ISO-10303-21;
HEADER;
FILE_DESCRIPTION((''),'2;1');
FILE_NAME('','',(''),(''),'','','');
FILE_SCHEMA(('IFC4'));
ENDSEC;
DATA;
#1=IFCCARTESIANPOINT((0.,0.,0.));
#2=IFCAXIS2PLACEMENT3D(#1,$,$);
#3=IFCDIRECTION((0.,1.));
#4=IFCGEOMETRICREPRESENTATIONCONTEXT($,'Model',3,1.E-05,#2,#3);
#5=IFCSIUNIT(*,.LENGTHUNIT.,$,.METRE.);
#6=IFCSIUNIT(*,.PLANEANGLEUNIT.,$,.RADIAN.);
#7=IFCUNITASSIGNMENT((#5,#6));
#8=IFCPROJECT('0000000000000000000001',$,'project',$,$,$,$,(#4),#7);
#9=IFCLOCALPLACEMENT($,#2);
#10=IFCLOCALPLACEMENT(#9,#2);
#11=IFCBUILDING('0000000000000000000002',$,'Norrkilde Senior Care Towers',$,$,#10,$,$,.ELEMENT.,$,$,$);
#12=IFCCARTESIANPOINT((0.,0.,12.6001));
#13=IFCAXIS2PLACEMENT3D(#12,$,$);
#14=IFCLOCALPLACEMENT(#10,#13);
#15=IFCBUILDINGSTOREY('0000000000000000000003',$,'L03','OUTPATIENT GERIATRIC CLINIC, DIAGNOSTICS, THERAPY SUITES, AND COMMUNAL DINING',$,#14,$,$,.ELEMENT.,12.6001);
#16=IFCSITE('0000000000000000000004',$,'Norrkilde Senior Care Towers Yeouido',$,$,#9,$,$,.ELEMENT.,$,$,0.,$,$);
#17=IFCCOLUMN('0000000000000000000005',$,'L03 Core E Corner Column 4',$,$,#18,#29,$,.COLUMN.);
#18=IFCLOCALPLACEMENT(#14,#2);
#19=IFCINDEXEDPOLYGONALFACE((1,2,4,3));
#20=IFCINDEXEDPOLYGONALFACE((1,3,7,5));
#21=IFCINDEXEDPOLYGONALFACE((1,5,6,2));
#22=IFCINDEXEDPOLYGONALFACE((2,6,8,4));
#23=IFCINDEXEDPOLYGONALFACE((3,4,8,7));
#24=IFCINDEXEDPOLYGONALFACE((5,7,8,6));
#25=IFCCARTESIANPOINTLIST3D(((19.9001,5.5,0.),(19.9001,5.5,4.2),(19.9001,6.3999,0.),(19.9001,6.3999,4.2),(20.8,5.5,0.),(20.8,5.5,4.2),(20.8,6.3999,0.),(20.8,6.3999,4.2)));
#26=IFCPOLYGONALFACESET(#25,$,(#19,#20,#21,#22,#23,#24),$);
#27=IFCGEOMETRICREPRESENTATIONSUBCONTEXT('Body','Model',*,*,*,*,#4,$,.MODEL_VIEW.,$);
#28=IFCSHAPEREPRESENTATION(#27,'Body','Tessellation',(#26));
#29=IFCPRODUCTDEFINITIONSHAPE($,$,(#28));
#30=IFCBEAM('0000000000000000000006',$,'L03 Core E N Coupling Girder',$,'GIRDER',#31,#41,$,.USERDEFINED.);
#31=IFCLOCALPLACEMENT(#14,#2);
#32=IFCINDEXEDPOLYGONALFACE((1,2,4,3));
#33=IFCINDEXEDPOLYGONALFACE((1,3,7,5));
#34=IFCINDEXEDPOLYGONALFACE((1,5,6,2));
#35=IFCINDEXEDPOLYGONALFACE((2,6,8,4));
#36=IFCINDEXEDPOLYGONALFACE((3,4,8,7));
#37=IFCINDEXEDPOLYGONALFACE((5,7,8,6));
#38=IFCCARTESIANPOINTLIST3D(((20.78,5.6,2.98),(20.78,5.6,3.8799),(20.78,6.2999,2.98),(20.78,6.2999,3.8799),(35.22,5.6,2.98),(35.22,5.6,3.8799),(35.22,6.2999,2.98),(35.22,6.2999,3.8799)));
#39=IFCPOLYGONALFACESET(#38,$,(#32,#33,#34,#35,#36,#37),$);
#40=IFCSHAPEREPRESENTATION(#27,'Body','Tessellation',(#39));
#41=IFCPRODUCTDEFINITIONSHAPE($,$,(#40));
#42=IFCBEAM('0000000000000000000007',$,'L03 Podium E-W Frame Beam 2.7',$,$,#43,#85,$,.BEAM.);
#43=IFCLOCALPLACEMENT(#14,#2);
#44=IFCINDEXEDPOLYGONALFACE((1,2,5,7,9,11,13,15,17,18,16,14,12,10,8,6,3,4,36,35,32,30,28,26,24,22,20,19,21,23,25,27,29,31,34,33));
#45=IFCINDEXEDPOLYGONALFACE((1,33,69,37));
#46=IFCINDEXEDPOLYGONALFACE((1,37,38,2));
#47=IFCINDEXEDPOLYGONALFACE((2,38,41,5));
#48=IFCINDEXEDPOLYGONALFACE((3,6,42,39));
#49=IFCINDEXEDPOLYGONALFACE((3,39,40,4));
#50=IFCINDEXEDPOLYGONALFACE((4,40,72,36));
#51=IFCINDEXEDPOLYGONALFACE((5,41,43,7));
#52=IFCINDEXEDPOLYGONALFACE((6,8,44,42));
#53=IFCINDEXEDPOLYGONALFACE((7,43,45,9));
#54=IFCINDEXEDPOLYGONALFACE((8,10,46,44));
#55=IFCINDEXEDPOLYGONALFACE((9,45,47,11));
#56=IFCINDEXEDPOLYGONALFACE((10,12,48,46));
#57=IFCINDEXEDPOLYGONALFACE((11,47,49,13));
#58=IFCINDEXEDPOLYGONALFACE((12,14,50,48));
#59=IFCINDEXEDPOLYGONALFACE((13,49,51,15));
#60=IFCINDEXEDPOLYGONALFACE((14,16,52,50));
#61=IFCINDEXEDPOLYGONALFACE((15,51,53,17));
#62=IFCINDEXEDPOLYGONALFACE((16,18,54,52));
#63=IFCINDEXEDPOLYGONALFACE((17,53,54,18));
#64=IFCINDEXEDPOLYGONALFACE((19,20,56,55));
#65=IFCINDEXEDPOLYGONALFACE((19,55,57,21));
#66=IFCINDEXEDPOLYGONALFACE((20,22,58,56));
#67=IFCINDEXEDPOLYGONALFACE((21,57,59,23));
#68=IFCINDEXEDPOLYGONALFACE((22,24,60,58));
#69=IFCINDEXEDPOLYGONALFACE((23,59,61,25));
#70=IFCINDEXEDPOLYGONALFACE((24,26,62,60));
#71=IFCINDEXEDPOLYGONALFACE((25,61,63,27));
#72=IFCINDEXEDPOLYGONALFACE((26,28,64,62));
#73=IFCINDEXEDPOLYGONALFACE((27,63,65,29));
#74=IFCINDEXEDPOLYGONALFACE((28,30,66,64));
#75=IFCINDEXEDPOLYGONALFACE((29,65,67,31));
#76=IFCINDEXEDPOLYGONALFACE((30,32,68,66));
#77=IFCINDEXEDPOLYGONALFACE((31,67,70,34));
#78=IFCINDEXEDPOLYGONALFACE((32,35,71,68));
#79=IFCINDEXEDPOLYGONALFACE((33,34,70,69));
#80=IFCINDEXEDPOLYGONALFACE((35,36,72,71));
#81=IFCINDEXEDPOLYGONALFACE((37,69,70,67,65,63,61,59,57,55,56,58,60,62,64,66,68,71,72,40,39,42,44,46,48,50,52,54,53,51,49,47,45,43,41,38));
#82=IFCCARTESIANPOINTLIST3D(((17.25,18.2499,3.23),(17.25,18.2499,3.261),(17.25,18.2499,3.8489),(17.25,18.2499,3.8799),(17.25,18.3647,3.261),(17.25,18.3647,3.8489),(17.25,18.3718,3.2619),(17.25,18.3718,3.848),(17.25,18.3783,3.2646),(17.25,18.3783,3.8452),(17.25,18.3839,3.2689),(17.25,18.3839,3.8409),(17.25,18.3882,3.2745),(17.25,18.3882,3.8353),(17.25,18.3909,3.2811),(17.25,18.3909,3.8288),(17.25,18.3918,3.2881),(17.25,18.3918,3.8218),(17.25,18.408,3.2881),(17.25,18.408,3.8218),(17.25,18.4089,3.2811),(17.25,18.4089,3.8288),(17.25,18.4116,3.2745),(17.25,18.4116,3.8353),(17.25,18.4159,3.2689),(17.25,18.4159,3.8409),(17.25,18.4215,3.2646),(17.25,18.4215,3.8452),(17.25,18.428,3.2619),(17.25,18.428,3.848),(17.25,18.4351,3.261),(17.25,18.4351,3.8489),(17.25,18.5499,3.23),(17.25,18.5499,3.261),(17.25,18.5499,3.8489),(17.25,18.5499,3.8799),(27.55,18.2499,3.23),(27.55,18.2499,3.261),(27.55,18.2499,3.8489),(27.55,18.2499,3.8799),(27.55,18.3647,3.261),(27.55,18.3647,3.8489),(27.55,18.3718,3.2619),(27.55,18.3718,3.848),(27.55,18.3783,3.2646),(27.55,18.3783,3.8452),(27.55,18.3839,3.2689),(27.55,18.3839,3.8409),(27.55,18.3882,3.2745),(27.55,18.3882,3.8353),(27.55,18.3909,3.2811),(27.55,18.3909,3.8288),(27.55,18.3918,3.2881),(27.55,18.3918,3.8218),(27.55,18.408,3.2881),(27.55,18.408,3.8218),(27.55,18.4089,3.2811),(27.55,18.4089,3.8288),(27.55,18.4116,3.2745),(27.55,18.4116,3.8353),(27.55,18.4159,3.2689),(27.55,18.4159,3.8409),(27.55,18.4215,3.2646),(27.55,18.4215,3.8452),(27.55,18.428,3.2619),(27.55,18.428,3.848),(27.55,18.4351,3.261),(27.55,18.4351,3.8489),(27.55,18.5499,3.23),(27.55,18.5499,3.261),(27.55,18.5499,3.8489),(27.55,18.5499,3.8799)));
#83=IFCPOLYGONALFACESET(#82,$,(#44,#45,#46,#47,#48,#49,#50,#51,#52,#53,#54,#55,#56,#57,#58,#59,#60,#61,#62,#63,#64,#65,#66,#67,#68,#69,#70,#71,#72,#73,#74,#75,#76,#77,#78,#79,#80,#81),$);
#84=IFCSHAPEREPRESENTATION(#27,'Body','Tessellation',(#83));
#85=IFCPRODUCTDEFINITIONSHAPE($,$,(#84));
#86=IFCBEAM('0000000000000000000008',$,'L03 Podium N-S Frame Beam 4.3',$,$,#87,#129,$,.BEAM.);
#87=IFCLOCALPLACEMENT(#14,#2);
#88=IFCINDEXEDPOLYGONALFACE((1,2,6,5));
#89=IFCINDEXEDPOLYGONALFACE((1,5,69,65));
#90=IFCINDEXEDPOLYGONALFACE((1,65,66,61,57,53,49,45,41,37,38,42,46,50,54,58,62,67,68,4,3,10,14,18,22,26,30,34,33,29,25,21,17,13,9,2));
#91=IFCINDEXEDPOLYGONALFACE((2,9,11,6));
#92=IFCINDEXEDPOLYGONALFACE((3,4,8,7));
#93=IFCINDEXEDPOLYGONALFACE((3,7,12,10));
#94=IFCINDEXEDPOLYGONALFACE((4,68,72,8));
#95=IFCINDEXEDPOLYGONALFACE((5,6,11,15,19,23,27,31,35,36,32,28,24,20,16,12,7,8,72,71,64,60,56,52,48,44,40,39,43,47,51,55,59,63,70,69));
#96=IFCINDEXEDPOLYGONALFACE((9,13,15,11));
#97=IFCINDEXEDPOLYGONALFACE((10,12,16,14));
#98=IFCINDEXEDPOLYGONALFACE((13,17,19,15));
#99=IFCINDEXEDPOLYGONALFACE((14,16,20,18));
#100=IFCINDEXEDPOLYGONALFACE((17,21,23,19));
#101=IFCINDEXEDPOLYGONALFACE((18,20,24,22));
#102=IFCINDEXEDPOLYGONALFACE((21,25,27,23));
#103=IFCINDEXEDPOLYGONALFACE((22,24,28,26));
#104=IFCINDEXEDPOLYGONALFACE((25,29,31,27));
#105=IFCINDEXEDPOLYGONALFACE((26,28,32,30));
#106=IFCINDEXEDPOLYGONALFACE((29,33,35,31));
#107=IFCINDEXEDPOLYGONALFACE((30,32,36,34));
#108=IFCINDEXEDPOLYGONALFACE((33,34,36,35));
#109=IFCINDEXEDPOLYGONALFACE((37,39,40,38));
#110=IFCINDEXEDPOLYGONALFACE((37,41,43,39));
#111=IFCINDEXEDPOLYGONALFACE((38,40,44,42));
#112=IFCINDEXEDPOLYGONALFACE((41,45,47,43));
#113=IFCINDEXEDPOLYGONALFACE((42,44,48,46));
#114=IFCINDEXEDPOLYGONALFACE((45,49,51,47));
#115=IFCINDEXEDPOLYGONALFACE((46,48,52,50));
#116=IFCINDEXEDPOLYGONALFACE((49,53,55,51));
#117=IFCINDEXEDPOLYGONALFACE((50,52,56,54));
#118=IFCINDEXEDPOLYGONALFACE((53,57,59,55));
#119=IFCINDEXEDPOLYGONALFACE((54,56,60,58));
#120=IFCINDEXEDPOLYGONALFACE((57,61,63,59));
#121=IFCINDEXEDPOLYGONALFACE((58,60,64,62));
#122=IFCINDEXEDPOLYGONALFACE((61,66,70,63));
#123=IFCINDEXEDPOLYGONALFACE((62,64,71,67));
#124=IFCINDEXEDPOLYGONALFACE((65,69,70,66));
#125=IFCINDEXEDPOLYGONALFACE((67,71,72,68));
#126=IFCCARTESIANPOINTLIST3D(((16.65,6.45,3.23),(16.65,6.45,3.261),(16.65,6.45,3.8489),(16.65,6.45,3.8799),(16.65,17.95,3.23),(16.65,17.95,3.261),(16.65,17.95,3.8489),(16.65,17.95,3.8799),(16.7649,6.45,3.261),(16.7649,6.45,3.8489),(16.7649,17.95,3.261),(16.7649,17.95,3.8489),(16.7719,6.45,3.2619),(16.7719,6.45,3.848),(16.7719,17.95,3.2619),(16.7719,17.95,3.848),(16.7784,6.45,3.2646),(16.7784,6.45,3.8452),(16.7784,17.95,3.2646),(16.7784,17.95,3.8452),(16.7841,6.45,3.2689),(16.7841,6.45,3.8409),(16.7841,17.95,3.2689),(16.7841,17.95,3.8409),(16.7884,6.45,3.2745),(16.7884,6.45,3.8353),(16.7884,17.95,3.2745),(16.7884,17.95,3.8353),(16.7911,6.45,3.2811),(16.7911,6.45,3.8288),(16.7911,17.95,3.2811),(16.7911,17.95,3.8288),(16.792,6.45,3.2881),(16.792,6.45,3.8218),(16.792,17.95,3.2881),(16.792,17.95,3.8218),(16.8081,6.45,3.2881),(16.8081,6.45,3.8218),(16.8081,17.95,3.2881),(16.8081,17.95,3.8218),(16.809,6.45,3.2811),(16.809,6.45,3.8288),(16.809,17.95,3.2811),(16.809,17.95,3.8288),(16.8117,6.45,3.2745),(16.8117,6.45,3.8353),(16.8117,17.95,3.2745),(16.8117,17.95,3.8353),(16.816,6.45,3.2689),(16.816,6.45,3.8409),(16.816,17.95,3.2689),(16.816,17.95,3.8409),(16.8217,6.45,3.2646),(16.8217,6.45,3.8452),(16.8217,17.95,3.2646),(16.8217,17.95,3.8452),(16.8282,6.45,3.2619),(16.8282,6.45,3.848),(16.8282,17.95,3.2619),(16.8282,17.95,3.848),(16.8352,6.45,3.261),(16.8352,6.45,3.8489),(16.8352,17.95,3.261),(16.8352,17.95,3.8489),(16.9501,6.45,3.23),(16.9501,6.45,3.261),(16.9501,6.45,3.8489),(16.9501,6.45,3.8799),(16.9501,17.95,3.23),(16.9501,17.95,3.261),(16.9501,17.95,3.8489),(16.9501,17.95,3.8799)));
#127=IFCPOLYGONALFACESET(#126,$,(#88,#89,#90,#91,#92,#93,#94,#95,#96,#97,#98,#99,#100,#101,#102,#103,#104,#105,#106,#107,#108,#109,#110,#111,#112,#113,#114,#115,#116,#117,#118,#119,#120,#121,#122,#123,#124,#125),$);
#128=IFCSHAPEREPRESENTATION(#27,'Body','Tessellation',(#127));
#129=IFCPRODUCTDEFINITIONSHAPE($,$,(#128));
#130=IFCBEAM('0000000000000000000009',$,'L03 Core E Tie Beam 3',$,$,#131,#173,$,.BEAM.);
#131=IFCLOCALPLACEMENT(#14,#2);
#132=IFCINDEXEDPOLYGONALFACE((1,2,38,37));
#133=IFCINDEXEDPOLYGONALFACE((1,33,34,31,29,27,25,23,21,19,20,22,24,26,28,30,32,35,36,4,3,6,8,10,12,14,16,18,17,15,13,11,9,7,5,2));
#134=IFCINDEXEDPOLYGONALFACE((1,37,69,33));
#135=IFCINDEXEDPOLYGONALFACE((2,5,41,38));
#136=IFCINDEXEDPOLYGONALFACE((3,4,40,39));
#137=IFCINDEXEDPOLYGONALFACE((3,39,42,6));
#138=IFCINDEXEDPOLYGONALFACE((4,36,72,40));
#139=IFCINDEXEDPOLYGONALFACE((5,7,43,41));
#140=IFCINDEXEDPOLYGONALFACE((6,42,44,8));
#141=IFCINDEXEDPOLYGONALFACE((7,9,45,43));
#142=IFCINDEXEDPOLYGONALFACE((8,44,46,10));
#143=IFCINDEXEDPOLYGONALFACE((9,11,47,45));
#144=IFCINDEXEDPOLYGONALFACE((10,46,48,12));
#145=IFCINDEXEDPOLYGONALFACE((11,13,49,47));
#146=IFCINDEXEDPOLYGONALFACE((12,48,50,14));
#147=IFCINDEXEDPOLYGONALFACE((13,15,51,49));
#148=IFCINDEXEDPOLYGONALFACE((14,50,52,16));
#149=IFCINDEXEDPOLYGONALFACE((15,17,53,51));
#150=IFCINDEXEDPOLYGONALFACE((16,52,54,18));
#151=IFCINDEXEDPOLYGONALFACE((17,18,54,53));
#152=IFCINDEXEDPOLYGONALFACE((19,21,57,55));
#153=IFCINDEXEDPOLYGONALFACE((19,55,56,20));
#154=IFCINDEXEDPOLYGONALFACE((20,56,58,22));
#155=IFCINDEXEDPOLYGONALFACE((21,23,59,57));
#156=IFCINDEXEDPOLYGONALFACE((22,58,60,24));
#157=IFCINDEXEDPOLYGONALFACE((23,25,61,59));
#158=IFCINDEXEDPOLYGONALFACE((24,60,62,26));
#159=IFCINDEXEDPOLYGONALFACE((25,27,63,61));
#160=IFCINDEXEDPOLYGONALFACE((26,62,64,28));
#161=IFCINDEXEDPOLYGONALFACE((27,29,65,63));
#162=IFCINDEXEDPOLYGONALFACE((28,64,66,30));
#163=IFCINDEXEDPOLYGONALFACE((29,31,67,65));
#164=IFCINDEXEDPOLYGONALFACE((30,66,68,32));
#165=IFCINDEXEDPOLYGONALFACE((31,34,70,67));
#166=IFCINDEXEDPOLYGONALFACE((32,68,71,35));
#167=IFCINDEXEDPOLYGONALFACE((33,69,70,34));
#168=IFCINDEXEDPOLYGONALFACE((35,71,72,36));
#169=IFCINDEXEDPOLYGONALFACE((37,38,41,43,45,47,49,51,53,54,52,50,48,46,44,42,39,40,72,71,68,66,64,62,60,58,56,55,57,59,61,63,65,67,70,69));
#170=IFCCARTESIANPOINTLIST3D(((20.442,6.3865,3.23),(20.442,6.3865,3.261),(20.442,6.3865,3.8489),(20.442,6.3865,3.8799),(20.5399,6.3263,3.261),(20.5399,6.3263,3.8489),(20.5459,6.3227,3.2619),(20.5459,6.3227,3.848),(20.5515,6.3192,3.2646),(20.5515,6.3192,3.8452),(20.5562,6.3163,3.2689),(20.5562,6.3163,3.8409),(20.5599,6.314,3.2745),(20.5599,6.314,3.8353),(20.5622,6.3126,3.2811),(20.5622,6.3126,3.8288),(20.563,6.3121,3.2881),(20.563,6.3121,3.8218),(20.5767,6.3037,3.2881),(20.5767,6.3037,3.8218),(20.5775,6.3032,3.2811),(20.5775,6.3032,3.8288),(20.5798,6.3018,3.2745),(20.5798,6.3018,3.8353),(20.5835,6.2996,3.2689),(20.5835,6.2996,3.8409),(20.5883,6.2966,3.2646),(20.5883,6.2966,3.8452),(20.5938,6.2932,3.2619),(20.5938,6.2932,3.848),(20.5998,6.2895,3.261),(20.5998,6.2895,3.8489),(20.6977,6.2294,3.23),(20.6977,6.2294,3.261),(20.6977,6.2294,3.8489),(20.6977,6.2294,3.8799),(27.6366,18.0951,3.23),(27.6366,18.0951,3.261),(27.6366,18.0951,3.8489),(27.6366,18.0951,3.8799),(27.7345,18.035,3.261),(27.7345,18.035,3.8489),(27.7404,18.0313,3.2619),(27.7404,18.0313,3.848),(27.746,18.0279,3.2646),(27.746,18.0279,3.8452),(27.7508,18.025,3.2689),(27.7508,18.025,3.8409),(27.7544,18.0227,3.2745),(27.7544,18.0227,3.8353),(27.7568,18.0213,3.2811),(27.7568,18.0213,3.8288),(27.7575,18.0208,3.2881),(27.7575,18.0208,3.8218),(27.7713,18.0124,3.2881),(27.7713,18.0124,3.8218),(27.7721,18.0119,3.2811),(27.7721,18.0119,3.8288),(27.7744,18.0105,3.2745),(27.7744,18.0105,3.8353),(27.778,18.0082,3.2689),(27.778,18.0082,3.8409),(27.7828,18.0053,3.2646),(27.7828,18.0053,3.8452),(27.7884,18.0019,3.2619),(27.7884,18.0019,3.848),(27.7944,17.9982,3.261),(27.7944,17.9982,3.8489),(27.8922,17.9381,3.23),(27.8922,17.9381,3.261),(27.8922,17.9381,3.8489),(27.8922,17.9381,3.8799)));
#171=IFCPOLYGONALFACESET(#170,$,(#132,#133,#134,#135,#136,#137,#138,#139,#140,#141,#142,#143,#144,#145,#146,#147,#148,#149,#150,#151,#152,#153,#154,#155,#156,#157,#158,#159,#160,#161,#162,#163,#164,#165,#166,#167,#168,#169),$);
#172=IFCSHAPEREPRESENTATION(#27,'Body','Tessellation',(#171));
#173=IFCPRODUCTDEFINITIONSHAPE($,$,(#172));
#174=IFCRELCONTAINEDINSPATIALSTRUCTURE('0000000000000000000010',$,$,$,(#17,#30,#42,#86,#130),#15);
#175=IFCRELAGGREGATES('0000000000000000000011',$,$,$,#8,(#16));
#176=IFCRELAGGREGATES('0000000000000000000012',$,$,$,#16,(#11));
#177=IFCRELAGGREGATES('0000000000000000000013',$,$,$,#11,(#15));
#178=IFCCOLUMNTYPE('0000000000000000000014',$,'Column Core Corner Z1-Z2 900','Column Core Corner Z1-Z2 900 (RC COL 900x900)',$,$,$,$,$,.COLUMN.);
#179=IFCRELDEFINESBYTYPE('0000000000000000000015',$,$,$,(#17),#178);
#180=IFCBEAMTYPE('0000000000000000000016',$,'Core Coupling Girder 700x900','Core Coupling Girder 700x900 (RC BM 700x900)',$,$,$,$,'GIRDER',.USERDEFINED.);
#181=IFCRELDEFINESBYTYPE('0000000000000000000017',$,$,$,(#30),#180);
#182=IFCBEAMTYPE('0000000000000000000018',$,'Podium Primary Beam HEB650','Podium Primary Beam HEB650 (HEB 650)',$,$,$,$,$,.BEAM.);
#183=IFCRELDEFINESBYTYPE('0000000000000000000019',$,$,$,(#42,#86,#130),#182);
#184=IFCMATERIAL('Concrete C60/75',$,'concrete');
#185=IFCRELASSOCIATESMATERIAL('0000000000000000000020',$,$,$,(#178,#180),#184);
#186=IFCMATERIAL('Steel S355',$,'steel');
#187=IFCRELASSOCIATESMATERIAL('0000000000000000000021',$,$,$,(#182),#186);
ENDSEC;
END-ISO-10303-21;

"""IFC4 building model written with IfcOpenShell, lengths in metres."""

from ifc_helpers import new_model, si_unit, direction, frame, origin, origin_2d, place, context, subcontext, project, spatial, rectangle, i_section, extrude, source, transform, mapped, material, material_profile, profile_set, type_object, type_shapes, element, save


model = new_model("IFC4")

# Units and contexts
model_context = context("Model", 3, precision=1e-05, world=origin(), true_north=direction((0.0, 1.0)))
body_context = subcontext(model_context, "Body", "Model", "MODEL_VIEW")
ifc_project = project(units=[si_unit("LENGTHUNIT", "METRE"), si_unit("PLANEANGLEUNIT", "RADIAN")], contexts=[model_context])

# Site, building, storey
site_placement = place(None, origin())
site = spatial("IfcSite", under=ifc_project, at=site_placement, Name="Norrkilde Senior Care Towers Yeouido", CompositionType="ELEMENT", RefElevation=0.0)
building_placement = place(site_placement, origin())
building = spatial("IfcBuilding", under=site, at=building_placement, Name="Norrkilde Senior Care Towers", CompositionType="ELEMENT")
storey_placement = place(building_placement, frame((0.0, 0.0, 12.6001)))
storey = spatial("IfcBuildingStorey", under=building, at=storey_placement, Name="L03", Description="OUTPATIENT GERIATRIC CLINIC, DIAGNOSTICS, THERAPY SUITES, AND COMMUNAL DINING", CompositionType="ELEMENT", Elevation=12.6001)

# Column
ifc_material_1 = material(Name="Concrete C60/75", Category="concrete")
ifc_material_profile_1 = material_profile(ifc_material_1, rectangle(XDim=0.8999, YDim=0.8999, at=origin_2d()), Name="RC COL 900x900")
ifc_profile_set_1 = profile_set([ifc_material_profile_1], Name="Concrete C60/75")
column_type = type_object("IfcColumnType", Name="Column Core Corner Z1-Z2 900", Description="Column Core Corner Z1-Z2 900 (RC COL 900x900)", PredefinedType="COLUMN", material=ifc_profile_set_1)
shared_shape_1 = source(origin(), body_context, "Body", "SweptSolid", [
    extrude(rectangle(XDim=0.8999, YDim=0.8999, at=origin_2d()), origin(), (0.0, 0.0, 1.0), 4.2),
])
type_shapes(column_type, [shared_shape_1])
column_placement = place(storey_placement, frame((20.3501, 5.95, 0.0), z_axis=(0.0, 0.0, 1.0), x_axis=(1.0, 0.0, 0.0)))
element("IfcColumn", 1, at=column_placement, inside=storey, type_object=column_type, Name="L03 Core E Corner Column 4", PredefinedType="COLUMN", context=body_context, shape_type="MappedRepresentation", body=[
    mapped(shared_shape_1, transform((0.0, 0.0, 0.0), x_axis=(1.0, 0.0, 0.0), y_axis=(0.0, 1.0, 0.0), z_axis=(0.0, 0.0, 1.0), scale=1.0)),
])

# Beams
ifc_material_profile_2 = material_profile(ifc_material_1, rectangle(XDim=0.7, YDim=0.8999, at=origin_2d()), Name="RC BM 700x900")
ifc_profile_set_2 = profile_set([ifc_material_profile_2], Name="Concrete C60/75")
beam_type_1 = type_object("IfcBeamType", Name="Core Coupling Girder 700x900", Description="Core Coupling Girder 700x900 (RC BM 700x900)", ElementType="GIRDER", PredefinedType="USERDEFINED", material=ifc_profile_set_2)
shared_shape_2 = source(origin(), body_context, "Body", "SweptSolid", [
    extrude(rectangle(XDim=0.7, YDim=0.8999, at=origin_2d()), origin(), (0.0, 0.0, 1.0), 14.4399),
])
type_shapes(beam_type_1, [shared_shape_2])
beam_1_placement = place(storey_placement, frame((20.78, 5.95, 3.4299), z_axis=(1.0, 0.0, 0.0), x_axis=(0.0, 1.0, 0.0)))
element("IfcBeam", 2, at=beam_1_placement, inside=storey, type_object=beam_type_1, Name="L03 Core E N Coupling Girder", ObjectType="GIRDER", PredefinedType="USERDEFINED", context=body_context, shape_type="MappedRepresentation", body=[
    mapped(shared_shape_2, transform((0.0, 0.0, 0.0), x_axis=(1.0, 0.0, 0.0), y_axis=(0.0, 1.0, 0.0), z_axis=(0.0, 0.0, 1.0), scale=1.0)),
])
ifc_material_2 = material(Name="Steel S355", Category="steel")
ifc_material_profile_3 = material_profile(ifc_material_2, i_section(OverallWidth=0.3, OverallDepth=0.6499, WebThickness=0.0161, FlangeThickness=0.031, FilletRadius=0.0271, at=origin_2d()), Name="HEB 650")
ifc_profile_set_3 = profile_set([ifc_material_profile_3], Name="Steel S355")
beam_type_2 = type_object("IfcBeamType", Name="Podium Primary Beam HEB650", Description="Podium Primary Beam HEB650 (HEB 650)", PredefinedType="BEAM", material=ifc_profile_set_3)
shared_shape_3 = source(origin(), body_context, "Body", "SweptSolid", [
    extrude(i_section(OverallWidth=0.3, OverallDepth=0.6499, WebThickness=0.0161, FlangeThickness=0.031, FilletRadius=0.0271, at=origin_2d()), origin(), (0.0, 0.0, 1.0), 10.3),
])
beam_2_placement = place(storey_placement, frame((17.25, 18.3999, 3.5549), z_axis=(1.0, 0.0, 0.0), x_axis=(0.0, 1.0, 0.0)))
element("IfcBeam", 3, at=beam_2_placement, inside=storey, type_object=beam_type_2, Name="L03 Podium E-W Frame Beam 2.7", PredefinedType="BEAM", context=body_context, shape_type="MappedRepresentation", body=[
    mapped(shared_shape_3, transform((0.0, 0.0, 0.0), x_axis=(1.0, 0.0, 0.0), y_axis=(0.0, 1.0, 0.0), z_axis=(0.0, 0.0, 1.0), scale=1.0)),
])
shared_shape_4 = source(origin(), body_context, "Body", "SweptSolid", [
    extrude(i_section(OverallWidth=0.3, OverallDepth=0.6499, WebThickness=0.0161, FlangeThickness=0.031, FilletRadius=0.0271, at=origin_2d()), origin(), (0.0, 0.0, 1.0), 11.5),
])
beam_3_placement = place(storey_placement, frame((16.8, 6.45, 3.5549), z_axis=(0.0, 1.0, 0.0), x_axis=(-1.0, 0.0, 0.0)))
element("IfcBeam", 4, at=beam_3_placement, inside=storey, type_object=beam_type_2, Name="L03 Podium N-S Frame Beam 4.3", PredefinedType="BEAM", context=body_context, shape_type="MappedRepresentation", body=[
    mapped(shared_shape_4, transform((0.0, 0.0, 0.0), x_axis=(1.0, 0.0, 0.0), y_axis=(0.0, 1.0, 0.0), z_axis=(0.0, 0.0, 1.0), scale=1.0)),
])
shared_shape_5 = source(origin(), body_context, "Body", "SweptSolid", [
    extrude(i_section(OverallWidth=0.3, OverallDepth=0.6499, WebThickness=0.0161, FlangeThickness=0.031, FilletRadius=0.0271, at=origin_2d()), origin(), (0.0, 0.0, 1.0), 13.7424),
])
type_shapes(beam_type_2, [shared_shape_3, shared_shape_4, shared_shape_5])
beam_4_placement = place(storey_placement, frame((27.7644, 18.0166, 3.5549), z_axis=(-0.523527, -0.852009, 0.0), x_axis=(0.852009, -0.523527, 0.0)))
element("IfcBeam", 5, at=beam_4_placement, inside=storey, type_object=beam_type_2, Name="L03 Core E Tie Beam 3", PredefinedType="BEAM", context=body_context, shape_type="MappedRepresentation", body=[
    mapped(shared_shape_5, transform((0.0, 0.0, 0.0), x_axis=(1.0, 0.0, 0.0), y_axis=(0.0, 1.0, 0.0), z_axis=(0.0, 0.0, 1.0), scale=1.0)),
])

save(model, "model.ifc")
